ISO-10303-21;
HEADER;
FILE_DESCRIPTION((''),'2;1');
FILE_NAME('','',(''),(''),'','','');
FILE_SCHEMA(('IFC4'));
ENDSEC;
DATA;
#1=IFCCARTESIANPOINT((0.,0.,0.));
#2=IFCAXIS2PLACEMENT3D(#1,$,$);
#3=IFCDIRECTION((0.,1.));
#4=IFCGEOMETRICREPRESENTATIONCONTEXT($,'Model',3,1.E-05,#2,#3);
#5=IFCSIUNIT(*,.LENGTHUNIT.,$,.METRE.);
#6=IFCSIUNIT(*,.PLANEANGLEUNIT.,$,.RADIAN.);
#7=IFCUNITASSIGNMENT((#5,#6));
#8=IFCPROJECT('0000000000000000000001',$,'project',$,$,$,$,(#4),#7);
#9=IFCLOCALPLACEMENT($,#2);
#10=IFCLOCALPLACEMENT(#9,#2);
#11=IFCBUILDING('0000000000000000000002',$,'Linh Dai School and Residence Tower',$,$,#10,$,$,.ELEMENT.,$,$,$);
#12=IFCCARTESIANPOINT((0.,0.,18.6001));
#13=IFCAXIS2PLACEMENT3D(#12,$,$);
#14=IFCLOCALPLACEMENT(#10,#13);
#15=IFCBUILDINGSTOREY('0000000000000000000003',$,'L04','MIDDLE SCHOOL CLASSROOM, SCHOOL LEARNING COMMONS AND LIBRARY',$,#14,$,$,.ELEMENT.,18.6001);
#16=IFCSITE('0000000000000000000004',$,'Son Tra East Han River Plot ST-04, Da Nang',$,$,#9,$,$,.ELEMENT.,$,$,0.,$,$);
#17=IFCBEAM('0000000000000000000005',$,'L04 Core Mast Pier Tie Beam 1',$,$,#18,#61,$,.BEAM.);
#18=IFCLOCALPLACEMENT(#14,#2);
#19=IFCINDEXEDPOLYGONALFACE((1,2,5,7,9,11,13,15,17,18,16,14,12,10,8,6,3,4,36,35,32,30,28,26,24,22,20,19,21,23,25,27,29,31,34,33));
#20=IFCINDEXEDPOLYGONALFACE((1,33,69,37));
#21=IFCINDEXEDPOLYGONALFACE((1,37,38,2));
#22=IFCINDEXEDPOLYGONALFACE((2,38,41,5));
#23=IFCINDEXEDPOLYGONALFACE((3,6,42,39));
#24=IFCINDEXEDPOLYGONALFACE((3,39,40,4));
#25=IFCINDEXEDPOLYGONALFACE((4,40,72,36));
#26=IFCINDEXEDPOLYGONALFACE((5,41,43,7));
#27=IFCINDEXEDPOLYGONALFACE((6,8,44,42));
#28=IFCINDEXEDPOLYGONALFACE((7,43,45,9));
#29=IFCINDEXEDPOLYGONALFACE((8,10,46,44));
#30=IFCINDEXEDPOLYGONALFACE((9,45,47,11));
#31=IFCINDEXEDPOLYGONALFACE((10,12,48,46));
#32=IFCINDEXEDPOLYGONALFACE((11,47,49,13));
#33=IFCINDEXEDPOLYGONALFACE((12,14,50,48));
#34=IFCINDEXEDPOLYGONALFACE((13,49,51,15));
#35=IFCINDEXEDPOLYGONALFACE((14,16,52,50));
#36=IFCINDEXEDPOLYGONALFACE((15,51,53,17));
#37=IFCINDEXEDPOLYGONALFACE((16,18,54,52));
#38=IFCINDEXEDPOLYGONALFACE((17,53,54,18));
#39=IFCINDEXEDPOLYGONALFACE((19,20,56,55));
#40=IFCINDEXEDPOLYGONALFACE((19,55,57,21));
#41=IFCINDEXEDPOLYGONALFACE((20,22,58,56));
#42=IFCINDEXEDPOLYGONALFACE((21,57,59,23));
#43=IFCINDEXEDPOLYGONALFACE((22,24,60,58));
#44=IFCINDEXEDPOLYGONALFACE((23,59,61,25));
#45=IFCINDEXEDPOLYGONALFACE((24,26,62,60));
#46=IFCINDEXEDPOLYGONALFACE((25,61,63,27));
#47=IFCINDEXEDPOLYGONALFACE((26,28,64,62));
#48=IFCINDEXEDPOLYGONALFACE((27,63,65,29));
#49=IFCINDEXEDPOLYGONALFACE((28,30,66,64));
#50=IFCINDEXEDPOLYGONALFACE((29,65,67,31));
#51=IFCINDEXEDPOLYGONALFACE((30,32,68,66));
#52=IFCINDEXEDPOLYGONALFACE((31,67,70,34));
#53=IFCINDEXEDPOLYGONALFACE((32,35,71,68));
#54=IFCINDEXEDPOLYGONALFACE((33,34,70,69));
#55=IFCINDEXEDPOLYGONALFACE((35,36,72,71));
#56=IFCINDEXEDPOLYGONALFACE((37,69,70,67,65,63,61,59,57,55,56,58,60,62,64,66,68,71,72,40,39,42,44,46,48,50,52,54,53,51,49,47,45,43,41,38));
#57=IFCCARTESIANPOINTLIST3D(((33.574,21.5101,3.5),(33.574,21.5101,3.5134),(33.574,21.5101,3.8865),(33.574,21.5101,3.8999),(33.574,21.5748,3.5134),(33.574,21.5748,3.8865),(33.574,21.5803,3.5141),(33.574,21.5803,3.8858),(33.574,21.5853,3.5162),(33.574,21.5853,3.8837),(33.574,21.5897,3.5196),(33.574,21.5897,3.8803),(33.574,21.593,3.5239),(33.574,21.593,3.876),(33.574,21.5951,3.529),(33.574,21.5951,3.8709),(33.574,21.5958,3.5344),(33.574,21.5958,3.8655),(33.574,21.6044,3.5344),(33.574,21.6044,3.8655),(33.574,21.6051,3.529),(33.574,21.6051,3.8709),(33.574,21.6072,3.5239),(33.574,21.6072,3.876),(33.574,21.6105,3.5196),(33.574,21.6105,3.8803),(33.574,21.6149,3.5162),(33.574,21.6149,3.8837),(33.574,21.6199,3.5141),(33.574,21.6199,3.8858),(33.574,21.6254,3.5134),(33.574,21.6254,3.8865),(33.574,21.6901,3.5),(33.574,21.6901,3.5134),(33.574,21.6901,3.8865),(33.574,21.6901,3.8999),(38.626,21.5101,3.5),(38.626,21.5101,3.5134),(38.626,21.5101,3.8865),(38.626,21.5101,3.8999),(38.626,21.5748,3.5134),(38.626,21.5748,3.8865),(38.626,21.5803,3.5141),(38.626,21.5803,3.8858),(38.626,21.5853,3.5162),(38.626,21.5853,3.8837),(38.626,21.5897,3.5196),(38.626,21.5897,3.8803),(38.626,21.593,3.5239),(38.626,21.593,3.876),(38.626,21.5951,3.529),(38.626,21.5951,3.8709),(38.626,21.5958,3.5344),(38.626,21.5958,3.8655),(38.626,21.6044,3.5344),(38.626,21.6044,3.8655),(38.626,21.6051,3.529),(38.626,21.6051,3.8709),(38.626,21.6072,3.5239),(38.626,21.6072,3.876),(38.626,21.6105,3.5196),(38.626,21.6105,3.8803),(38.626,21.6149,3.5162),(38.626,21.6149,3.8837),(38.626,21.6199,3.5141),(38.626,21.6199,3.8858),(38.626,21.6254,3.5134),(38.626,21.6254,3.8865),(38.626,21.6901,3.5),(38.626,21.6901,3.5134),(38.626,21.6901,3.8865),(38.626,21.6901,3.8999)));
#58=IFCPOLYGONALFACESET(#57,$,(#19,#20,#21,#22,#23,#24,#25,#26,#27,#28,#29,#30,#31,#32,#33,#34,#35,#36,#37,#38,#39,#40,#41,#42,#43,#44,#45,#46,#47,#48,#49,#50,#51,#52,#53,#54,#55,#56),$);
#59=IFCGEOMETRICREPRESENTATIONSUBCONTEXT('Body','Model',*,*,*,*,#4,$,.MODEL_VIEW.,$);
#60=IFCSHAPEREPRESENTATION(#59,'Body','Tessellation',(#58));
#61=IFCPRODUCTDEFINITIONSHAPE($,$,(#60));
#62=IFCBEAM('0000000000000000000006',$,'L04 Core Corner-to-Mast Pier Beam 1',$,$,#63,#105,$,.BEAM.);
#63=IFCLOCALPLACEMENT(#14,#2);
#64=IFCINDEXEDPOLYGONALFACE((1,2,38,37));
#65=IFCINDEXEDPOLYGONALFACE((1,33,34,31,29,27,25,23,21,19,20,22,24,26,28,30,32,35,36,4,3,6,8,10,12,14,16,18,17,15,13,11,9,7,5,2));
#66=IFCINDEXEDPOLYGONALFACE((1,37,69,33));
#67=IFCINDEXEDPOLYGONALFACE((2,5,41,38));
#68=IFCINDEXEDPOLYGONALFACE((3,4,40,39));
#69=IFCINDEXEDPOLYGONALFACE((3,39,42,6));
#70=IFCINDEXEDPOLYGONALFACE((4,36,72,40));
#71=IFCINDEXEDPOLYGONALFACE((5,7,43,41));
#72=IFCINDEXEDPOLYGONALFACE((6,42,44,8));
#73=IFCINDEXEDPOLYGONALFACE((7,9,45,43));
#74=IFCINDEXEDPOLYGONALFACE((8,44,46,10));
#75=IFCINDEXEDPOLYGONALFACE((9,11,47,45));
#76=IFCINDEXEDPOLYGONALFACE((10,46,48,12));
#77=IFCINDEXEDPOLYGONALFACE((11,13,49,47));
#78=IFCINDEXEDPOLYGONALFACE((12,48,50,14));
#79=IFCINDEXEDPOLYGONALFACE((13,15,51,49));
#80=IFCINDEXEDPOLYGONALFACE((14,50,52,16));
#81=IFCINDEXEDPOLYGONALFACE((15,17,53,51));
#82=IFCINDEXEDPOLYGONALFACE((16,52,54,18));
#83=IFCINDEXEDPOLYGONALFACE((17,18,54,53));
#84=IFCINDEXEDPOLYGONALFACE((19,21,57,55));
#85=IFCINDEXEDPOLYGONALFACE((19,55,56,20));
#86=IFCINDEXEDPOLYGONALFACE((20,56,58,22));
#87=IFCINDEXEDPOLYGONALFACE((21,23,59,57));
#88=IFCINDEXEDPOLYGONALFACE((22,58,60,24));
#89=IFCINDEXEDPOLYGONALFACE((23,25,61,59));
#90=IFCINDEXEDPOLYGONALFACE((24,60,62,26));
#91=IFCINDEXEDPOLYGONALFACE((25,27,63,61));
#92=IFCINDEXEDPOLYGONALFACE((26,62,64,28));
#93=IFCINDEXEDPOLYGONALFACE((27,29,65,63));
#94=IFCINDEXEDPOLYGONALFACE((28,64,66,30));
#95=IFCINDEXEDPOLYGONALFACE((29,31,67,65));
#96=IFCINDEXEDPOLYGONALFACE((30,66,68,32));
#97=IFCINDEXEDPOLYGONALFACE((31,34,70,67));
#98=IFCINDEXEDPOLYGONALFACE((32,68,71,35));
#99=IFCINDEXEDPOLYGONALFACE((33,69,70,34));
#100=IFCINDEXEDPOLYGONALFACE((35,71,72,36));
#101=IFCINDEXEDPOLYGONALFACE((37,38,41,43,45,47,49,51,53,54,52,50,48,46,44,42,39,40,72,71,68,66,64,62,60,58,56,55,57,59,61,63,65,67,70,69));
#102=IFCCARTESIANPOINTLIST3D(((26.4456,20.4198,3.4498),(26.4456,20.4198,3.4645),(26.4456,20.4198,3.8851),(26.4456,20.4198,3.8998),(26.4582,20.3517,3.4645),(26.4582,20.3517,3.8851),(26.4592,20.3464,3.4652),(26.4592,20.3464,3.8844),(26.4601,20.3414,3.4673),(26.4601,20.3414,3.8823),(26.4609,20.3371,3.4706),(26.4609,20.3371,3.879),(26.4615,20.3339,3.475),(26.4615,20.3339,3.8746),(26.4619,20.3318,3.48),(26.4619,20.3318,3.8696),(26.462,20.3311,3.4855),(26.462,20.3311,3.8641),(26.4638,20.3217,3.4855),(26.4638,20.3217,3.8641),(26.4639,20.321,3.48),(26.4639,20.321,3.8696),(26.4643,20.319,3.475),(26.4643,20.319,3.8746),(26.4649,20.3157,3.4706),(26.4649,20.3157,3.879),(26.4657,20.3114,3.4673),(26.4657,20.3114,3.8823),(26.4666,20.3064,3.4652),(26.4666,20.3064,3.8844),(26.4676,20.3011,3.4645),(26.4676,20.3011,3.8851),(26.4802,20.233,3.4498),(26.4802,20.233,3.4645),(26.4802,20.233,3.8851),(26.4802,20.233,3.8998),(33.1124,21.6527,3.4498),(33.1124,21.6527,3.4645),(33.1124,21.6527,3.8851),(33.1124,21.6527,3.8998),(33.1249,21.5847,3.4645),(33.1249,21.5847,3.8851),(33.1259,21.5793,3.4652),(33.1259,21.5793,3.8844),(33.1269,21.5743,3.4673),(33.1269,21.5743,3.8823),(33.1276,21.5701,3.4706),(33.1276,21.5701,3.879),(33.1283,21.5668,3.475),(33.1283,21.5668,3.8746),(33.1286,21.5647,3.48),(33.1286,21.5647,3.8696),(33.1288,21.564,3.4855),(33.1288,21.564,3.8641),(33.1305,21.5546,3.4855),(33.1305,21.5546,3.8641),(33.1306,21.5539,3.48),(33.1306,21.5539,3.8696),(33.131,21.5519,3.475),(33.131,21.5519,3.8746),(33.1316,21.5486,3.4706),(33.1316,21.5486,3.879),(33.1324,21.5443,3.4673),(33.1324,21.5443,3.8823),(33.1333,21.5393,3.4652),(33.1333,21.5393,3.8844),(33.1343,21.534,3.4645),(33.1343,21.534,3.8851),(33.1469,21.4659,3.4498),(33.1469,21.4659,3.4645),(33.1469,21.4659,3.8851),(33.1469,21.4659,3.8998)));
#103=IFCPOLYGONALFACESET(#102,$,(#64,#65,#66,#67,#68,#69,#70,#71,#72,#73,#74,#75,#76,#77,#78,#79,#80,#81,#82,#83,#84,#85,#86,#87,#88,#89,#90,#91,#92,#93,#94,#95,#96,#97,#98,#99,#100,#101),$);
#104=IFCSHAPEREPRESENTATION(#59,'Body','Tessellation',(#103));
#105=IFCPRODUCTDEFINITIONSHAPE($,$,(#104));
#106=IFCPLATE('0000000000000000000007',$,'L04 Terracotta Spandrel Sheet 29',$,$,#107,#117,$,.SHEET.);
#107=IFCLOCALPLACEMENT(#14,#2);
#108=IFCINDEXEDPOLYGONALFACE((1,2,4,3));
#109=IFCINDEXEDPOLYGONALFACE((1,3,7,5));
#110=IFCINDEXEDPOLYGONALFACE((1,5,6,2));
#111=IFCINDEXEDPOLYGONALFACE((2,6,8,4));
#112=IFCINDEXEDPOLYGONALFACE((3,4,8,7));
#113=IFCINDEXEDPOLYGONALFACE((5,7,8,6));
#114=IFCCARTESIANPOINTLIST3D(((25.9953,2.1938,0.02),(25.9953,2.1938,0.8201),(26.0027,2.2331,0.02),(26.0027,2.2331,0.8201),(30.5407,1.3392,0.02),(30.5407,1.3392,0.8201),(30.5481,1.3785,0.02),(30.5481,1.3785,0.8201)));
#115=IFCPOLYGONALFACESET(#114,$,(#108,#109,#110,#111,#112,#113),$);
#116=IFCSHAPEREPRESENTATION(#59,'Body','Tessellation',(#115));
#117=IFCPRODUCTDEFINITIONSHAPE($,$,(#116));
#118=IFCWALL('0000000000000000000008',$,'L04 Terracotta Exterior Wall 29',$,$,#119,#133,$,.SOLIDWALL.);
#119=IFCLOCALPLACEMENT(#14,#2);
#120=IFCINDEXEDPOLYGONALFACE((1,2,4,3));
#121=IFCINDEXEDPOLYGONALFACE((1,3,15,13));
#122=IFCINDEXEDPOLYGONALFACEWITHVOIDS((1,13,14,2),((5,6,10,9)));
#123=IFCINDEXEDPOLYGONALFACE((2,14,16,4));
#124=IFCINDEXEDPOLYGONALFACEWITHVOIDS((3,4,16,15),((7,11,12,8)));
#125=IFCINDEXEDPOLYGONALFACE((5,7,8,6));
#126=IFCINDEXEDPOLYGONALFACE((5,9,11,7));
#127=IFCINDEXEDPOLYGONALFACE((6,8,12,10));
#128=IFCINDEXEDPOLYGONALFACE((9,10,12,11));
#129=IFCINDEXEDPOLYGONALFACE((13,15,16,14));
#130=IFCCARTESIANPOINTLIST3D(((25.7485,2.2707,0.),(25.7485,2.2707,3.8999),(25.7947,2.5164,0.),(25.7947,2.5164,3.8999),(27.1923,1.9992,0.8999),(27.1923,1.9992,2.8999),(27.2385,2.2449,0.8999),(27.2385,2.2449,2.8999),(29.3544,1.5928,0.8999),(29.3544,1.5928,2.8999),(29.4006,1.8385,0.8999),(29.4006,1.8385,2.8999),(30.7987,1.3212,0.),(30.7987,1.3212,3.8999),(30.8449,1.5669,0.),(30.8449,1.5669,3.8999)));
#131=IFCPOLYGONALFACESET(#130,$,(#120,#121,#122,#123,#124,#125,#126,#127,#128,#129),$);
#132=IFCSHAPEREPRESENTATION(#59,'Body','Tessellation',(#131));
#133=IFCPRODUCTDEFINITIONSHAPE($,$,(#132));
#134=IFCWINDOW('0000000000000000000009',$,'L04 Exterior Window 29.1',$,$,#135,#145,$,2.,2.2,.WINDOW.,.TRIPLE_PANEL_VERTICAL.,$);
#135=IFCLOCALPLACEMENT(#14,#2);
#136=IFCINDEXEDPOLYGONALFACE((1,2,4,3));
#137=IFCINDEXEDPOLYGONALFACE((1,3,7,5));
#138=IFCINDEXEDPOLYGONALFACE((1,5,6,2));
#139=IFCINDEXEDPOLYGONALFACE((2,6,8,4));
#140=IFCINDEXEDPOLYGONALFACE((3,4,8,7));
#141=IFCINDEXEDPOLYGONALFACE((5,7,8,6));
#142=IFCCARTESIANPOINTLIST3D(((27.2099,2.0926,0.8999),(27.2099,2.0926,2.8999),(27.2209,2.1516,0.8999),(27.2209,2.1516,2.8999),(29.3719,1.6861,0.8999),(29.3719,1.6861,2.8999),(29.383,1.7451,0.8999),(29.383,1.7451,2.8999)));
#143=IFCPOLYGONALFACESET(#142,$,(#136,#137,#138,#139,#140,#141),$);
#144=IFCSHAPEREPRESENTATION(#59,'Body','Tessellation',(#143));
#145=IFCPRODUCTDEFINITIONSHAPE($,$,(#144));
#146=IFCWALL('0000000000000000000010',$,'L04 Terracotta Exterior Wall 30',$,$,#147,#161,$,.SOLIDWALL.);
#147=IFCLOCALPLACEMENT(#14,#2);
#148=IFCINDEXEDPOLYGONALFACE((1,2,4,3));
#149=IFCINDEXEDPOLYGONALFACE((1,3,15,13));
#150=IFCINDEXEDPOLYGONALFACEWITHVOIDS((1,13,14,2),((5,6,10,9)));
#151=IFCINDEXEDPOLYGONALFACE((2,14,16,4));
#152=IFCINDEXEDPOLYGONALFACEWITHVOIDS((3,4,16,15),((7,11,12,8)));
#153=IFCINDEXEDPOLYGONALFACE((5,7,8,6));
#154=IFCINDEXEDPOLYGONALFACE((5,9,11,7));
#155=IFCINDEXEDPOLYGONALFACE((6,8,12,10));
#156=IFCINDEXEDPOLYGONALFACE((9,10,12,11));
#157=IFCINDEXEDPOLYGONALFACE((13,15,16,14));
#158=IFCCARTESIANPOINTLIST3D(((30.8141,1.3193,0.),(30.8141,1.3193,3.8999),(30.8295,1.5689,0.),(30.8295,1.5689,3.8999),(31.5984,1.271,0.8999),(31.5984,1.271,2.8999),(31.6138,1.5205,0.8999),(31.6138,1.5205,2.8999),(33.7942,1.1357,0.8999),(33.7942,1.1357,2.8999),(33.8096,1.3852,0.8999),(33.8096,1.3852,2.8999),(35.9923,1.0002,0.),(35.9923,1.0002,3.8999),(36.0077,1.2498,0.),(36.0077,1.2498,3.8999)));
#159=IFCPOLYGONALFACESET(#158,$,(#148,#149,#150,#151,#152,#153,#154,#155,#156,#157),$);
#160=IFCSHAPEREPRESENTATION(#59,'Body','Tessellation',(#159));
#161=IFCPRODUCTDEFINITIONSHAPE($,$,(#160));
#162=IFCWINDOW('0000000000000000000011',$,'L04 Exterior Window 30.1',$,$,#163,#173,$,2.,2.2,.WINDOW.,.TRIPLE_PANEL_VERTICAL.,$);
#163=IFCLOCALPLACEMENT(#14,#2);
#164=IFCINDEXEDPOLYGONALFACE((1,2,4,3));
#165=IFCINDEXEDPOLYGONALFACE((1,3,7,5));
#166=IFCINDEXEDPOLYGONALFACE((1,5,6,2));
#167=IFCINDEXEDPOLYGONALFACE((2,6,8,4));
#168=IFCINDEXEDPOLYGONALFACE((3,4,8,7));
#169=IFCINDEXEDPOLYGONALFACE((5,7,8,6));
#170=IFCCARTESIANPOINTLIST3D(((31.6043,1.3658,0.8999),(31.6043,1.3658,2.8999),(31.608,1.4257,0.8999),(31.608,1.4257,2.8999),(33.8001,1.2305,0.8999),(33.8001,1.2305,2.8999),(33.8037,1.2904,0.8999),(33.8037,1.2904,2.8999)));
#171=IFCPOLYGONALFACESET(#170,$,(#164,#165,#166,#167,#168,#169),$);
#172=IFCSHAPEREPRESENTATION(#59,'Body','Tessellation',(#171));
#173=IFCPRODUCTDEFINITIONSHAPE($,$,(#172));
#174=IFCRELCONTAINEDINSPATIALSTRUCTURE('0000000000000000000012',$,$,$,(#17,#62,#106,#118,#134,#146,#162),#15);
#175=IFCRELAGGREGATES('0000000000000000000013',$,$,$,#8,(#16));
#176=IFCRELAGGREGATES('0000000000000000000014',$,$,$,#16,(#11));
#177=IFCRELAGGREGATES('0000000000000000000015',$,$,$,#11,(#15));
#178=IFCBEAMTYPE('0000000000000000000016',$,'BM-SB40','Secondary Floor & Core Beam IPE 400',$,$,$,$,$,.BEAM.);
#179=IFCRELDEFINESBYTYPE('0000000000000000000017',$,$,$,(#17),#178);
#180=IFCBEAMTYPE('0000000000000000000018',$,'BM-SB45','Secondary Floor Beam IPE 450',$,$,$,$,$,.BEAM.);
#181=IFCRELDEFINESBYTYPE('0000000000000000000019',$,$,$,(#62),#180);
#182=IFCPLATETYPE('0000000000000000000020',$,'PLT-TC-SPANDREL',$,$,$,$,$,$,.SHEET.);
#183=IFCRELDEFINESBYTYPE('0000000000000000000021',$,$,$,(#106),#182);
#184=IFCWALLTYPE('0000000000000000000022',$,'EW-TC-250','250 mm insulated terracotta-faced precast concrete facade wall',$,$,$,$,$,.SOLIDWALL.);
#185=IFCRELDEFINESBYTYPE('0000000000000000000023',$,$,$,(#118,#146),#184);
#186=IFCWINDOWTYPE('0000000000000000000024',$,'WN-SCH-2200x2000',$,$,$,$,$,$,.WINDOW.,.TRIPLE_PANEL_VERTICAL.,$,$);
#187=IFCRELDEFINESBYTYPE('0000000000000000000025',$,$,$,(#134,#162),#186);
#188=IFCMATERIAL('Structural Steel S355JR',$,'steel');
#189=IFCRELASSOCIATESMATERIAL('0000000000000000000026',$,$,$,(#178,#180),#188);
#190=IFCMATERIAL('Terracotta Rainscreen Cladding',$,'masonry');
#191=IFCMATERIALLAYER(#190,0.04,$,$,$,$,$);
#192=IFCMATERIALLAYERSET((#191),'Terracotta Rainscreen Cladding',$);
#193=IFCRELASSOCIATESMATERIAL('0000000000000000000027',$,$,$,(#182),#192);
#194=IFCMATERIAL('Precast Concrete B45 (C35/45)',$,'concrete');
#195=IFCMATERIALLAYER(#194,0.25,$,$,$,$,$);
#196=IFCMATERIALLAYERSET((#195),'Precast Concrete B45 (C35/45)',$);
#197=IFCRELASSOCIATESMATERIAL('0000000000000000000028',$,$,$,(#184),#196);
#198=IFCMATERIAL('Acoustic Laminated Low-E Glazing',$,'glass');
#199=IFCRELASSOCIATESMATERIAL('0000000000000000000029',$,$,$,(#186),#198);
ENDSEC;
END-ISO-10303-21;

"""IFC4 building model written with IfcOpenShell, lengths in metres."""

from ifc_helpers import new_model, si_unit, direction, frame, frame_2d, origin, origin_2d, place, context, subcontext, project, spatial, rectangle, i_section, extrude, source, transform, mapped, material, layer, layer_set, material_profile, profile_set, type_object, element, fill, save


model = new_model("IFC4")

# Units and contexts
model_context = context("Model", 3, precision=1e-05, world=origin(), true_north=direction((0.0, 1.0)))
body_context = subcontext(model_context, "Body", "Model", "MODEL_VIEW")
ifc_project = project(units=[si_unit("LENGTHUNIT", "METRE"), si_unit("PLANEANGLEUNIT", "RADIAN")], contexts=[model_context])

# Site, building, storey
site_placement = place(None, origin())
site = spatial("IfcSite", under=ifc_project, at=site_placement, Name="Son Tra East Han River Plot ST-04, Da Nang", CompositionType="ELEMENT", RefElevation=0.0)
building_placement = place(site_placement, origin())
building = spatial("IfcBuilding", under=site, at=building_placement, Name="Linh Dai School and Residence Tower", CompositionType="ELEMENT")
storey_placement = place(building_placement, frame((0.0, 0.0, 18.6001)))
storey = spatial("IfcBuildingStorey", under=building, at=storey_placement, Name="L04", Description="MIDDLE SCHOOL CLASSROOM, SCHOOL LEARNING COMMONS AND LIBRARY", CompositionType="ELEMENT", Elevation=18.6001)

# Shared definitions
ifc_material_1 = material(Name="Structural Steel S355JR", Category="steel")

# Beams
ifc_material_profile_1 = material_profile(ifc_material_1, i_section(OverallWidth=0.1799, OverallDepth=0.3999, WebThickness=0.0085, FlangeThickness=0.0134, FilletRadius=0.021, at=origin_2d()), Name="IPE 400")
ifc_profile_set_1 = profile_set([ifc_material_profile_1], Name="Structural Steel S355JR")
beam_type_1 = type_object("IfcBeamType", Name="BM-SB40", Description="Secondary Floor & Core Beam IPE 400", PredefinedType="BEAM", material=ifc_profile_set_1)
beam_1_placement = place(storey_placement, frame((33.574, 21.6001, 3.7), z_axis=(1.0, 0.0, 0.0), x_axis=(0.0, 1.0, 0.0)))
element("IfcBeam", 1, at=beam_1_placement, inside=storey, type_object=beam_type_1, Name="L04 Core Mast Pier Tie Beam 1", PredefinedType="BEAM", context=body_context, shape_type="SweptSolid", body=[
    extrude(i_section(OverallWidth=0.1799, OverallDepth=0.3999, WebThickness=0.0085, FlangeThickness=0.0134, FilletRadius=0.021, at=origin_2d()), origin(), (0.0, 0.0, 1.0), 5.052),
])
ifc_material_profile_2 = material_profile(ifc_material_1, i_section(OverallWidth=0.1899, OverallDepth=0.45, WebThickness=0.0095, FlangeThickness=0.0146, FilletRadius=0.021, at=origin_2d()), Name="IPE 450")
ifc_profile_set_2 = profile_set([ifc_material_profile_2], Name="Structural Steel S355JR")
beam_type_2 = type_object("IfcBeamType", Name="BM-SB45", Description="Secondary Floor Beam IPE 450", PredefinedType="BEAM", material=ifc_profile_set_2)
beam_2_placement = place(storey_placement, frame((26.4629, 20.3264, 3.6748), z_axis=(0.983326, 0.181851, 0.0), x_axis=(-0.181851, 0.983326, 0.0)))
element("IfcBeam", 2, at=beam_2_placement, inside=storey, type_object=beam_type_2, Name="L04 Core Corner-to-Mast Pier Beam 1", PredefinedType="BEAM", context=body_context, shape_type="SweptSolid", body=[
    extrude(i_section(OverallWidth=0.1899, OverallDepth=0.45, WebThickness=0.0095, FlangeThickness=0.0146, FilletRadius=0.021, at=origin_2d()), origin(), (0.0, 0.0, 1.0), 6.7798),
])

# Plate
ifc_material_2 = material(Name="Terracotta Rainscreen Cladding", Category="masonry")
ifc_layer_1 = layer(ifc_material_2, 0.04)
ifc_layer_set_1 = layer_set([ifc_layer_1], Name="Terracotta Rainscreen Cladding")
plate_type = type_object("IfcPlateType", Name="PLT-TC-SPANDREL", PredefinedType="SHEET", material=ifc_layer_set_1)
shared_shape_1 = source(origin(), body_context, "Body", "SweptSolid", [
    extrude(rectangle(XDim=4.625, YDim=0.04, at=origin_2d()), origin(), (0.0, 0.0, 1.0), 0.8),
])
plate_placement = place(storey_placement, frame((28.2717, 1.7861, 0.02), z_axis=(0.0, 0.0, 1.0), x_axis=(-0.982781, 0.184775, 0.0)))
element("IfcPlate", 3, at=plate_placement, inside=storey, type_object=plate_type, Name="L04 Terracotta Spandrel Sheet 29", PredefinedType="SHEET", context=body_context, shape_type="MappedRepresentation", body=[
    mapped(shared_shape_1, transform((0.0, 0.0, 0.0), x_axis=(1.0, 0.0, 0.0), y_axis=(0.0, 1.0, 0.0), z_axis=(0.0, 0.0, 1.0), scale=1.0)),
])

# Walls, openings, windows
ifc_material_3 = material(Name="Precast Concrete B45 (C35/45)", Category="concrete")
ifc_layer_2 = layer(ifc_material_3, 0.25)
ifc_layer_set_2 = layer_set([ifc_layer_2], Name="Precast Concrete B45 (C35/45)")
wall_type_1 = type_object("IfcWallType", Name="EW-TC-250", Description="250 mm insulated terracotta-faced precast concrete facade wall", PredefinedType="SOLIDWALL", material=ifc_layer_set_2)
wall_1_placement = place(storey_placement, frame((30.8218, 1.4441, 0.0), z_axis=(0.0, 0.0, 1.0), x_axis=(-0.982783, 0.184765, 0.0)))
wall_1 = element("IfcWall", 4, at=wall_1_placement, inside=storey, type_object=wall_type_1, Name="L04 Terracotta Exterior Wall 29", PredefinedType="SOLIDWALL", context=body_context, shape_type="SweptSolid", body=[
    extrude(rectangle(XDim=5.1387, YDim=0.25, at=frame_2d((2.5693, 0.0))), origin(), (0.0, 0.0, 1.0), 3.8999),
])
opening_1_placement = place(wall_1_placement, frame((1.4695, 0.0, 0.8999)))
opening_1 = element("IfcOpeningElement", 5, at=opening_1_placement, cuts=wall_1, PredefinedType="OPENING", context=body_context, shape_type="SweptSolid", body=[
    extrude(rectangle(XDim=2.2, YDim=2.0, at=origin_2d()), frame((1.1001, 0.135, 1.0), z_axis=(0.0, -1.0, 0.0), x_axis=(1.0, 0.0, 0.0)), (0.0, 0.0, 1.0), 0.27),
])
ifc_material_4 = material(Name="Acoustic Laminated Low-E Glazing", Category="glass")
window_type = type_object("IfcWindowType", Name="WN-SCH-2200x2000", PartitioningType="TRIPLE_PANEL_VERTICAL", PredefinedType="WINDOW", material=ifc_material_4)
shared_shape_2 = source(origin(), body_context, "Body", "SweptSolid", [
    extrude(rectangle(XDim=2.2, YDim=2.0, at=origin_2d()), frame((1.1001, 0.03, 1.0), z_axis=(0.0, -1.0, 0.0), x_axis=(1.0, 0.0, 0.0)), (0.0, 0.0, 1.0), 0.0601),
])
window_1_placement = place(opening_1_placement, origin())
window_1 = element("IfcWindow", 6, at=window_1_placement, inside=storey, type_object=window_type, Name="L04 Exterior Window 29.1", OverallHeight=2.0, OverallWidth=2.2, PartitioningType="TRIPLE_PANEL_VERTICAL", PredefinedType="WINDOW", context=body_context, shape_type="MappedRepresentation", body=[
    mapped(shared_shape_2, transform((0.0, 0.0, 0.0), x_axis=(1.0, 0.0, 0.0), y_axis=(0.0, 1.0, 0.0), z_axis=(0.0, 0.0, 1.0), scale=1.0)),
])
fill(opening_1, window_1)
wall_2_placement = place(storey_placement, frame((36.0, 1.125, 0.0), z_axis=(0.0, 0.0, 1.0), x_axis=(-0.998107, 0.061505, 0.0)))
wall_2 = element("IfcWall", 7, at=wall_2_placement, inside=storey, type_object=wall_type_1, Name="L04 Terracotta Exterior Wall 30", PredefinedType="SOLIDWALL", context=body_context, shape_type="SweptSolid", body=[
    extrude(rectangle(XDim=5.188, YDim=0.25, at=frame_2d((2.594, 0.0))), origin(), (0.0, 0.0, 1.0), 3.8999),
])
opening_2_placement = place(wall_2_placement, frame((2.2021, 0.0, 0.8999)))
opening_2 = element("IfcOpeningElement", 8, at=opening_2_placement, cuts=wall_2, PredefinedType="OPENING", context=body_context, shape_type="SweptSolid", body=[
    extrude(rectangle(XDim=2.2, YDim=2.0, at=origin_2d()), frame((1.1001, 0.135, 1.0), z_axis=(0.0, -1.0, 0.0), x_axis=(1.0, 0.0, 0.0)), (0.0, 0.0, 1.0), 0.27),
])
window_2_placement = place(opening_2_placement, origin())
window_2 = element("IfcWindow", 9, at=window_2_placement, inside=storey, type_object=window_type, Name="L04 Exterior Window 30.1", OverallHeight=2.0, OverallWidth=2.2, PartitioningType="TRIPLE_PANEL_VERTICAL", PredefinedType="WINDOW", context=body_context, shape_type="MappedRepresentation", body=[
    mapped(shared_shape_2, transform((0.0, 0.0, 0.0), x_axis=(1.0, 0.0, 0.0), y_axis=(0.0, 1.0, 0.0), z_axis=(0.0, 0.0, 1.0), scale=1.0)),
])
fill(opening_2, window_2)

save(model, "model.ifc")
